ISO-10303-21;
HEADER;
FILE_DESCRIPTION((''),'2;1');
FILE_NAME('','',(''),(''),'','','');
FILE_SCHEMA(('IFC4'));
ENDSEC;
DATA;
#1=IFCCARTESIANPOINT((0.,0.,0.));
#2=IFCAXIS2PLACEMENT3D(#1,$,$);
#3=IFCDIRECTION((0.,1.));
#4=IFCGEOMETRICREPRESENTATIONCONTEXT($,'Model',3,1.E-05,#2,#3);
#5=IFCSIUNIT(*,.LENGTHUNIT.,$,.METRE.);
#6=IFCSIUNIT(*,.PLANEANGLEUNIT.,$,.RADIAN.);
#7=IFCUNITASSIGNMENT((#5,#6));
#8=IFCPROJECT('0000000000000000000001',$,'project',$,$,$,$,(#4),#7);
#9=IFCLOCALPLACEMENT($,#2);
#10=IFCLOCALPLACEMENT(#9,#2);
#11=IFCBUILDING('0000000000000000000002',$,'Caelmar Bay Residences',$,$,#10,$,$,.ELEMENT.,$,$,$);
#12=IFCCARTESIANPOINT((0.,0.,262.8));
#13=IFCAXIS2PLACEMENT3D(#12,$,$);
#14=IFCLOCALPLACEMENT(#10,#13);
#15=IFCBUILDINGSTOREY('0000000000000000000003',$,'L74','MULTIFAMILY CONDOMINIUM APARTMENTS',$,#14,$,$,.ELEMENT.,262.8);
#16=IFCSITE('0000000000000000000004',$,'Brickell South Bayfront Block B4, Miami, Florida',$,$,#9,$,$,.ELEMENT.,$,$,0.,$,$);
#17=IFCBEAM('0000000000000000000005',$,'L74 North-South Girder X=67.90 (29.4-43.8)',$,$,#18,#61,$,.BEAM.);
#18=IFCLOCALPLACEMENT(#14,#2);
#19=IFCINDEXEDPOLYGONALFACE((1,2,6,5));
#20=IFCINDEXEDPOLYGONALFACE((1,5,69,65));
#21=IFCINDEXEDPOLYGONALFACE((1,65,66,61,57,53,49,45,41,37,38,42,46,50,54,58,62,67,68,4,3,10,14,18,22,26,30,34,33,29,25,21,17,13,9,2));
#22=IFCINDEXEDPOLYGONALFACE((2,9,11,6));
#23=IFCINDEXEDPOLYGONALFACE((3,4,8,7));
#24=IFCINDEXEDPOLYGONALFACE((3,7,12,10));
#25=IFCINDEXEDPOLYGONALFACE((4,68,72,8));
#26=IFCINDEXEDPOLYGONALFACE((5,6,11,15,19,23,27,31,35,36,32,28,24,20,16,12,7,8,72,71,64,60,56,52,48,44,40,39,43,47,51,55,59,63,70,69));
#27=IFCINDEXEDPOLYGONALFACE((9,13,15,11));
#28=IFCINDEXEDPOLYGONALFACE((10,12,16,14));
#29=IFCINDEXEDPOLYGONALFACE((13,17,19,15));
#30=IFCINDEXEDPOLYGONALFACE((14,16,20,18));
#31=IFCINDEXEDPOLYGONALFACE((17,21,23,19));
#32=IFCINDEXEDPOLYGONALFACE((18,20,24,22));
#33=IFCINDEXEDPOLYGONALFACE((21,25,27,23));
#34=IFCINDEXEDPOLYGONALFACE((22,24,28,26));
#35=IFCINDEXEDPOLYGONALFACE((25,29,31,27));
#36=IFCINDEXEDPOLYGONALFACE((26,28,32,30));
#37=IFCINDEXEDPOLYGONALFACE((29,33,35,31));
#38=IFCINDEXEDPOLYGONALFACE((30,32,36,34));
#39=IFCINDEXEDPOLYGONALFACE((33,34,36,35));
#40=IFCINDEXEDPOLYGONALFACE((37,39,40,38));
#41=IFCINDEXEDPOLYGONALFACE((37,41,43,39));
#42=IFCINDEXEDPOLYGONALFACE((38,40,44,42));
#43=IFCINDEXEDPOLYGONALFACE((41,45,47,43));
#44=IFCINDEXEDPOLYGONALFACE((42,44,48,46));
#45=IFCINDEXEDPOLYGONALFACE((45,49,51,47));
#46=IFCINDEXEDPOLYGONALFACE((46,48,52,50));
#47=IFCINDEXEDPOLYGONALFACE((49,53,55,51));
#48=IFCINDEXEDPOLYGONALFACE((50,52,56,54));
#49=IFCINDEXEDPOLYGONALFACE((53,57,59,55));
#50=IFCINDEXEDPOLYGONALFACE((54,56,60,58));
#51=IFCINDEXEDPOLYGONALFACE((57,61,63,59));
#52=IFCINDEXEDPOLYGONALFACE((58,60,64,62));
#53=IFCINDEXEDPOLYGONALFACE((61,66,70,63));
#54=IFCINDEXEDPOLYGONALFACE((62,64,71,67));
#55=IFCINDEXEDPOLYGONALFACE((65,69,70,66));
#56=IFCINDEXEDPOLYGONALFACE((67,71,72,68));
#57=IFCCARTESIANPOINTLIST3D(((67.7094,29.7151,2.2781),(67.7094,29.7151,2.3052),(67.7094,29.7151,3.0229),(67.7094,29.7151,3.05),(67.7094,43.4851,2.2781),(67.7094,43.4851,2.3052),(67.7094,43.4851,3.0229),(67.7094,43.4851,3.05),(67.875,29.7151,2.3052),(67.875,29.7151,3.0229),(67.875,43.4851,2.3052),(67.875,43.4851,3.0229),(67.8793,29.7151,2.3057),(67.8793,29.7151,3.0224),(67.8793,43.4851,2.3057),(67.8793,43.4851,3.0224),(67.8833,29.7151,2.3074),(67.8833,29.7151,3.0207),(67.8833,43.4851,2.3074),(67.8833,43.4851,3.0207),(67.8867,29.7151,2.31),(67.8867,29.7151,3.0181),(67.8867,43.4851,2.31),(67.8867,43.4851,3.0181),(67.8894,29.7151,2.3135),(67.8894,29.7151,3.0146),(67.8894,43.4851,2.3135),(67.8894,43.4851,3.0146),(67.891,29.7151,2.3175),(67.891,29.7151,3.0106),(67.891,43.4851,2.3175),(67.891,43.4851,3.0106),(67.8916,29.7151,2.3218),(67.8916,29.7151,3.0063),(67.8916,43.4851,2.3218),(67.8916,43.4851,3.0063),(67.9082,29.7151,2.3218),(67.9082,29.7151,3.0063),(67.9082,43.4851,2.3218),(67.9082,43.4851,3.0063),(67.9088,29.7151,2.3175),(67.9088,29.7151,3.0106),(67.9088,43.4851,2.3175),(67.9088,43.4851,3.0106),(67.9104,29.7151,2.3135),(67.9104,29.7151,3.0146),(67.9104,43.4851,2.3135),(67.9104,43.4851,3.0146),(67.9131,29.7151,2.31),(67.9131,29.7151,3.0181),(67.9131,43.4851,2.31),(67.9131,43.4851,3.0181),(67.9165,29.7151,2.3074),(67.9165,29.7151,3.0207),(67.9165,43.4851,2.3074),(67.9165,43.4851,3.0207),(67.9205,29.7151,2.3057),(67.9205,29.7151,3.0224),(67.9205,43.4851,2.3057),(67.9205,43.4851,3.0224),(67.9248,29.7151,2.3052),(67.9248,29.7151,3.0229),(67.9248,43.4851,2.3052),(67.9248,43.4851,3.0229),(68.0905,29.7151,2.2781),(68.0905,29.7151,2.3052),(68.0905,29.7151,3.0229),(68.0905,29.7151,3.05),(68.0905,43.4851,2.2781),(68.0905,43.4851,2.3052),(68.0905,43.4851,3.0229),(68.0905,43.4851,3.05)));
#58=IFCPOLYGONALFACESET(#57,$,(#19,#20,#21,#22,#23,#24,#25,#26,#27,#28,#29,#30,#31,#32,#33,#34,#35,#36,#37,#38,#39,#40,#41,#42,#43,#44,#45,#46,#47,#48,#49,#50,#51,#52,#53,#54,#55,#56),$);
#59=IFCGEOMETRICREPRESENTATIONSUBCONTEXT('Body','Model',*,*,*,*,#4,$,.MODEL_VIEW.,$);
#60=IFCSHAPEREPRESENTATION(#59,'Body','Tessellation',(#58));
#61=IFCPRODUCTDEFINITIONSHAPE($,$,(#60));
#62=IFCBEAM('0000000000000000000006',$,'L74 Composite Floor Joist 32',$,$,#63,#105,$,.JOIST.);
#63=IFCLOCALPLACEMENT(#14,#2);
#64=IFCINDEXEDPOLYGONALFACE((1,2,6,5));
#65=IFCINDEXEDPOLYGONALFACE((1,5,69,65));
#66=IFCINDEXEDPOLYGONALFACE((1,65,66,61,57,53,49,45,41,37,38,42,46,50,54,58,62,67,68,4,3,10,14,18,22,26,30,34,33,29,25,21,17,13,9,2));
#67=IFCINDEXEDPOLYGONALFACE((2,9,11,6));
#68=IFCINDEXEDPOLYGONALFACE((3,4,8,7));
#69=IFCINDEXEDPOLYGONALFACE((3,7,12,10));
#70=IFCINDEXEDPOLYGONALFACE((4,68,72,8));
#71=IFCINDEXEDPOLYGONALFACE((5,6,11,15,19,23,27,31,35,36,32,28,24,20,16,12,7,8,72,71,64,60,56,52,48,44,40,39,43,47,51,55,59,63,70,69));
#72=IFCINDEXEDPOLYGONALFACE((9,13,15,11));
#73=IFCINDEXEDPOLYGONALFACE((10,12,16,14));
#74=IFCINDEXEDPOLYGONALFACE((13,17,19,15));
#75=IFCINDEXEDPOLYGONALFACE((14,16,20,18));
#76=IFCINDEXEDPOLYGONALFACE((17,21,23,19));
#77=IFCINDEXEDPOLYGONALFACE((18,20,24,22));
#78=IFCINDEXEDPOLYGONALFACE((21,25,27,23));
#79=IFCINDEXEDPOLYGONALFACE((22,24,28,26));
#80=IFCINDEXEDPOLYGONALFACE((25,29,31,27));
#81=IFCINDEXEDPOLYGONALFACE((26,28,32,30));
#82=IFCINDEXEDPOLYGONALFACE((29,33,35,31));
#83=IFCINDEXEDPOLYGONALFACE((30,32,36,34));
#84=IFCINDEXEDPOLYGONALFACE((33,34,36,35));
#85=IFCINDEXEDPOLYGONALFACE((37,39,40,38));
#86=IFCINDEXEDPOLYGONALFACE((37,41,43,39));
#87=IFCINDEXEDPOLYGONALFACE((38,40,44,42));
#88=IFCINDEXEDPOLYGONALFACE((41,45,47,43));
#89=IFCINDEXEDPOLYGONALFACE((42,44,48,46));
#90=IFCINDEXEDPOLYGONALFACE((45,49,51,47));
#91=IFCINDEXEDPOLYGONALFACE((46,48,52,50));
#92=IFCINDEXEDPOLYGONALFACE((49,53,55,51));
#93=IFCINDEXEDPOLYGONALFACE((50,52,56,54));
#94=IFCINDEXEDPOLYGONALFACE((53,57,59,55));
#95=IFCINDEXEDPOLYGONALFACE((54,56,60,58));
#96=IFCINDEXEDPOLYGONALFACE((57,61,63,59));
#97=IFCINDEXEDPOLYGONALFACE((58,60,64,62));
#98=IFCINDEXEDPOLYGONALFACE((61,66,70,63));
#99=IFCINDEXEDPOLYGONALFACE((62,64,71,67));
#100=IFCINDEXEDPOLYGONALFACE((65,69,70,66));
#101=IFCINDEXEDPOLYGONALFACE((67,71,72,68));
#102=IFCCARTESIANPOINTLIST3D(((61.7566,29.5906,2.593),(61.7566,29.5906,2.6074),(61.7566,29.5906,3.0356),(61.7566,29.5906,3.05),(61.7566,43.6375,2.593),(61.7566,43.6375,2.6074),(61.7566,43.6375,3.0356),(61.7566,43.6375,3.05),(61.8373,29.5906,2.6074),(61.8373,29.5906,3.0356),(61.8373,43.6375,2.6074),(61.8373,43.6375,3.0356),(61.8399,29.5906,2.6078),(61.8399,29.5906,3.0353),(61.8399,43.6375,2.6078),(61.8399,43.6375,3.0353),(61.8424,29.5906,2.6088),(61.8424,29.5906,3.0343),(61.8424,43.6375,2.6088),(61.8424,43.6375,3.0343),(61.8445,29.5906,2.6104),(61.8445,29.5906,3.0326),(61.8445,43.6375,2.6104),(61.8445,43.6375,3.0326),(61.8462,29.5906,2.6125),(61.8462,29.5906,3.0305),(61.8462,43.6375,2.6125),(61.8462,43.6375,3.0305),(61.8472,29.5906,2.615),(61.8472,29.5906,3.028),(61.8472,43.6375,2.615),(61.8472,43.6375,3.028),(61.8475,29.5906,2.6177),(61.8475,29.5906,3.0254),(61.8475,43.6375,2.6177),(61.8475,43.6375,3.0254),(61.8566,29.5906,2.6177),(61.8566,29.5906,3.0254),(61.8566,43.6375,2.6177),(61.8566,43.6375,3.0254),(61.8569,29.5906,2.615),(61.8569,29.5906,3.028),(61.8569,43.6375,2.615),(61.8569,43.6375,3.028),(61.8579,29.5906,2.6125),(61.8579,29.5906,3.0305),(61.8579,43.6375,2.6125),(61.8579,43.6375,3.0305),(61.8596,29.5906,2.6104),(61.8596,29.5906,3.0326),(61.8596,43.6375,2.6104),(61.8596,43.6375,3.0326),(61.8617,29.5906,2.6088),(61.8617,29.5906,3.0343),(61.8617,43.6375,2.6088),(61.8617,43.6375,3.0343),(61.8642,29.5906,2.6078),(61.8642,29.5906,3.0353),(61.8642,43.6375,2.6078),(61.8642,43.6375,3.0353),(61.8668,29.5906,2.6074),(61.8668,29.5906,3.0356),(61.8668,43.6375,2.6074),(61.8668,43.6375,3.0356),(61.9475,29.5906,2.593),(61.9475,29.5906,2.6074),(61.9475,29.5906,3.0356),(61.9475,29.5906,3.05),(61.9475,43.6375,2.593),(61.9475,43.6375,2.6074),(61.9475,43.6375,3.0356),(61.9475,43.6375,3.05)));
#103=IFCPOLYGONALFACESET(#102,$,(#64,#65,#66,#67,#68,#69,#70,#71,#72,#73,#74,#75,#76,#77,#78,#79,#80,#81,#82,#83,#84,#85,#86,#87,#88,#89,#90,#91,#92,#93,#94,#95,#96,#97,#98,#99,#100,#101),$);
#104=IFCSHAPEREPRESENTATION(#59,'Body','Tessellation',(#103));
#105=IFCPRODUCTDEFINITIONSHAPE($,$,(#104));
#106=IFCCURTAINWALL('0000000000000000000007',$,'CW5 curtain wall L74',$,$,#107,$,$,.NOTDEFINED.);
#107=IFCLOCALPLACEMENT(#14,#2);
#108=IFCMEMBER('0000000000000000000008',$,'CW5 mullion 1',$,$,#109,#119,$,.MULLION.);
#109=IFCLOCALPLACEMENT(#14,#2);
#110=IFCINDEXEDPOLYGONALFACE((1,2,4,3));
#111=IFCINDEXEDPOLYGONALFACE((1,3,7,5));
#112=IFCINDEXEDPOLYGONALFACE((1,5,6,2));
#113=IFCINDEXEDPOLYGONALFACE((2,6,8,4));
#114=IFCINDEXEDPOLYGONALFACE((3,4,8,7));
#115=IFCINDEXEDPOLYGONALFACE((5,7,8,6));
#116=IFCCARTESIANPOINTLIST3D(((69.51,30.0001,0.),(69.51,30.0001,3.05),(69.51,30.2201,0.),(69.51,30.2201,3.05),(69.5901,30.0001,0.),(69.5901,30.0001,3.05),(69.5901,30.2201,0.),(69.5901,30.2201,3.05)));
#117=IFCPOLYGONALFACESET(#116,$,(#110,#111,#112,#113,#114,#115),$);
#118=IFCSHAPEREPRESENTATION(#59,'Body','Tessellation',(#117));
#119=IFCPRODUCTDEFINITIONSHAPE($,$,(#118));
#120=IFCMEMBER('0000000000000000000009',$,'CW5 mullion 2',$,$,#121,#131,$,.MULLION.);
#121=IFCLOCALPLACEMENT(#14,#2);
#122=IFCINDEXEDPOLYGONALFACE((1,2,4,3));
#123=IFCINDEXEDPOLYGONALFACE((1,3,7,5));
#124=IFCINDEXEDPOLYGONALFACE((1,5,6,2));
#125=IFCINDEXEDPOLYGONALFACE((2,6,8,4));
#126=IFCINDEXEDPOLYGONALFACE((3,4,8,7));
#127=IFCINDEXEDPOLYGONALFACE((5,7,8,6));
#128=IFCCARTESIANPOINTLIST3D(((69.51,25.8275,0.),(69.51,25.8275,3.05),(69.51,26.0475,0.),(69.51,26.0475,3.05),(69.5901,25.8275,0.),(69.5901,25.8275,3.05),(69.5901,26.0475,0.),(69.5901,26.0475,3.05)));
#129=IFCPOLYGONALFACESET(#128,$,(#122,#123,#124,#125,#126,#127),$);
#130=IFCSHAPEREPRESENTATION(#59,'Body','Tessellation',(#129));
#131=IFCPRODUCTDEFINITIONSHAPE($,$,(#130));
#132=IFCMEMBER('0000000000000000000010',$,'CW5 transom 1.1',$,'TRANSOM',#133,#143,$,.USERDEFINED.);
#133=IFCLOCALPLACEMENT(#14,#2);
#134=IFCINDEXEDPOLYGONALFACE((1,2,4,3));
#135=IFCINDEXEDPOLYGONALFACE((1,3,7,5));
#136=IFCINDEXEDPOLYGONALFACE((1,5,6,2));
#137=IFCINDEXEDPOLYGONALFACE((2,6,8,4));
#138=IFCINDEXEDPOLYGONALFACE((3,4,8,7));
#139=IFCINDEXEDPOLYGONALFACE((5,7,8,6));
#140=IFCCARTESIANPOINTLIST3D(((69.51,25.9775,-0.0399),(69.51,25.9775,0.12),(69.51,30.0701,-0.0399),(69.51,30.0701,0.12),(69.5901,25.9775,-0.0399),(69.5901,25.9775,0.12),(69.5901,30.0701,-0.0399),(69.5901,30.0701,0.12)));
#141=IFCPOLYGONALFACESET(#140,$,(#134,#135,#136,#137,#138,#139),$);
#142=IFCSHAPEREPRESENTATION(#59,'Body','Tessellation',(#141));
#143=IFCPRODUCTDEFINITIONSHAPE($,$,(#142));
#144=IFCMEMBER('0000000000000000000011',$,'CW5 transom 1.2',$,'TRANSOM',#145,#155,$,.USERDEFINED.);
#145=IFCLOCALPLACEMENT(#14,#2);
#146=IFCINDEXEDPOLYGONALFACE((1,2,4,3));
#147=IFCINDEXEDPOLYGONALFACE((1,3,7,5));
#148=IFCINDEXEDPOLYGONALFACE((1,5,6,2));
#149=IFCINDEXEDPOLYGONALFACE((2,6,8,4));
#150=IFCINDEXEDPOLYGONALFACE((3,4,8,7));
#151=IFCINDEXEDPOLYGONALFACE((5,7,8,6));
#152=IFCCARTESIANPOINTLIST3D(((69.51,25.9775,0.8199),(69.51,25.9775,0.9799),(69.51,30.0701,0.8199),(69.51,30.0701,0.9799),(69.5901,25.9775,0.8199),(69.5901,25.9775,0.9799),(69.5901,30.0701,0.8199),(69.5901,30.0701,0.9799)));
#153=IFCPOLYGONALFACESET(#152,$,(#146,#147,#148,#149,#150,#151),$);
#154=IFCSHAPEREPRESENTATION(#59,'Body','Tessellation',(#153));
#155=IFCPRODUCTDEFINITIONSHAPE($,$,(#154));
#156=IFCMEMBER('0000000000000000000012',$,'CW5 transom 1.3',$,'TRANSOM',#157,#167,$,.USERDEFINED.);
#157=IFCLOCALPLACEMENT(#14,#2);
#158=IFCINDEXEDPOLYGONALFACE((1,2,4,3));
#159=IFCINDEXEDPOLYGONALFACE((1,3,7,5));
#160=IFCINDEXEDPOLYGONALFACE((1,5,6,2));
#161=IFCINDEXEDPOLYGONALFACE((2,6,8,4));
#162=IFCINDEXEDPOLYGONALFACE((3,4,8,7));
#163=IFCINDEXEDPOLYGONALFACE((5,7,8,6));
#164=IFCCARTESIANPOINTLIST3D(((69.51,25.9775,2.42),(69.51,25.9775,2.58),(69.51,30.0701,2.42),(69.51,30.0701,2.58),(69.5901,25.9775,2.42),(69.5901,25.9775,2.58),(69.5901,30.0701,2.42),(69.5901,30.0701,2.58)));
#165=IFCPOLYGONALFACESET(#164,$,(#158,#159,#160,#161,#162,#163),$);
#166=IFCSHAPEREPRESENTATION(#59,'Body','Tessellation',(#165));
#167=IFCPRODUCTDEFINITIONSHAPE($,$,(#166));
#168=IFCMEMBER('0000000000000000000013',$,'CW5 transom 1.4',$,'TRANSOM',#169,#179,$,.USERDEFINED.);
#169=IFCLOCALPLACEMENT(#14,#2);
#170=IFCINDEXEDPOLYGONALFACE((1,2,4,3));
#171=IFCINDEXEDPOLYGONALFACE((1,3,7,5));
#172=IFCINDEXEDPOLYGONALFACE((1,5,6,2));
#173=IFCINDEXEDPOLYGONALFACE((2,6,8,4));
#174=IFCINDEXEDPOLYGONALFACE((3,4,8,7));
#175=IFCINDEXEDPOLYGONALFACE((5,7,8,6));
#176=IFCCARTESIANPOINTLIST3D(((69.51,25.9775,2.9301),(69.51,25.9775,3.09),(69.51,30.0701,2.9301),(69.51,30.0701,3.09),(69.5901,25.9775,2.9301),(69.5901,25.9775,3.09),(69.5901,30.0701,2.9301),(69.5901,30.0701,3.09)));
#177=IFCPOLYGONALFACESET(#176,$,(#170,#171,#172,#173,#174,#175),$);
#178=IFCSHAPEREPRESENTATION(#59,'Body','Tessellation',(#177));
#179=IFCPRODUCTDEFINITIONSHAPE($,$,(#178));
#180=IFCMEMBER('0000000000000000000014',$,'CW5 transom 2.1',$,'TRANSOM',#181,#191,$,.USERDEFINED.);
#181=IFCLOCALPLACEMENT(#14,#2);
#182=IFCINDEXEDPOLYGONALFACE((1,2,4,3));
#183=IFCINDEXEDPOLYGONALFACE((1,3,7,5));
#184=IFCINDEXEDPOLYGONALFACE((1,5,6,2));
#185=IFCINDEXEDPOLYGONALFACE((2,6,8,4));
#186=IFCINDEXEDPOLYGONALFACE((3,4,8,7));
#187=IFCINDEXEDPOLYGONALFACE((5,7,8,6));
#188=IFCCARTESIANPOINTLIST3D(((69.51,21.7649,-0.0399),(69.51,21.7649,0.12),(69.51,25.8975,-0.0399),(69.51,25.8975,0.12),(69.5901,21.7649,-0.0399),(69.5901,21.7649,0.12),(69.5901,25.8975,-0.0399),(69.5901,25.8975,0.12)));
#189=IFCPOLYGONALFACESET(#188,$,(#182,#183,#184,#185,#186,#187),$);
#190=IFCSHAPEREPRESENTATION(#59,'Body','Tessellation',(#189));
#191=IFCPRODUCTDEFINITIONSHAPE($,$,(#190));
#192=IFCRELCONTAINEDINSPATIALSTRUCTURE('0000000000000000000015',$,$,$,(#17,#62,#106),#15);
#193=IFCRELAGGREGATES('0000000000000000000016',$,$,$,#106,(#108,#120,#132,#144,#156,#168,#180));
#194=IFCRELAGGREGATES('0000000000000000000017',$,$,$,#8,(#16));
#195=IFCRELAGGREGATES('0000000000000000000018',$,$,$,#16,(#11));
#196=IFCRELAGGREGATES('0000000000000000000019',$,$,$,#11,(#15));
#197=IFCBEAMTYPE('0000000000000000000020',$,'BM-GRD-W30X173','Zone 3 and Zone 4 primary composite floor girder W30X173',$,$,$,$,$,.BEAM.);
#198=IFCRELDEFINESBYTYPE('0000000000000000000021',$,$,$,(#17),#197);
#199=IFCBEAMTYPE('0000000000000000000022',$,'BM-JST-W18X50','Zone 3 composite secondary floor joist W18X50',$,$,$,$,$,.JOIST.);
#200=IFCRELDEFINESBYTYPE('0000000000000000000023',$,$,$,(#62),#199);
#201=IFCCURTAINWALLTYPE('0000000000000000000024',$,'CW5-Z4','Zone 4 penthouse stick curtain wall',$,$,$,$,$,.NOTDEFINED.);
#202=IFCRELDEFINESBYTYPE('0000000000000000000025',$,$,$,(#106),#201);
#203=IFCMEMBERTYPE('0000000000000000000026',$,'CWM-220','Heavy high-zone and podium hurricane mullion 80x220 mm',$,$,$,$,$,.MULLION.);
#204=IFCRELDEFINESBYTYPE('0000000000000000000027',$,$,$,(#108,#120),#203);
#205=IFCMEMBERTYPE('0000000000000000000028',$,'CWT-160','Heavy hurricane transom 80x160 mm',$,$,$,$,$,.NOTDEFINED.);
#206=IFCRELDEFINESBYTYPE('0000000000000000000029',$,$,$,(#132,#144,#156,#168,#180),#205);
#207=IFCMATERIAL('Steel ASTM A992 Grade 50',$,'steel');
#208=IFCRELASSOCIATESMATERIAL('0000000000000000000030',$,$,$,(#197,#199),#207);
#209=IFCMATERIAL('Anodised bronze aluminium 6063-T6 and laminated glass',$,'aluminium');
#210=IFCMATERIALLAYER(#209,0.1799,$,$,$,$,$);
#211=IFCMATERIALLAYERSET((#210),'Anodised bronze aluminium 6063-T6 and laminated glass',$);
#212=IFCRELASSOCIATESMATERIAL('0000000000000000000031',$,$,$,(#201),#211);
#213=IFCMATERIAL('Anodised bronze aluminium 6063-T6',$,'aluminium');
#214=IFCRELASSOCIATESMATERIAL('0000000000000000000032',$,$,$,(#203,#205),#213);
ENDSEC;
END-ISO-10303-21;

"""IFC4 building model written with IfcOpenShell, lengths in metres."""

from ifc_helpers import new_model, si_unit, direction, frame, origin, origin_2d, place, context, subcontext, project, spatial, rectangle, i_section, extrude, material, layer, layer_set, material_profile, profile_set, type_object, element, aggregate, save


model = new_model("IFC4")

# Units and contexts
model_context = context("Model", 3, precision=1e-05, world=origin(), true_north=direction((0.0, 1.0)))
body_context = subcontext(model_context, "Body", "Model", "MODEL_VIEW")
ifc_project = project(units=[si_unit("LENGTHUNIT", "METRE"), si_unit("PLANEANGLEUNIT", "RADIAN")], contexts=[model_context])

# Site, building, storey
site_placement = place(None, origin())
site = spatial("IfcSite", under=ifc_project, at=site_placement, Name="Brickell South Bayfront Block B4, Miami, Florida", CompositionType="ELEMENT", RefElevation=0.0)
building_placement = place(site_placement, origin())
building = spatial("IfcBuilding", under=site, at=building_placement, Name="Caelmar Bay Residences", CompositionType="ELEMENT")
storey_placement = place(building_placement, frame((0.0, 0.0, 262.8)))
storey = spatial("IfcBuildingStorey", under=building, at=storey_placement, Name="L74", Description="MULTIFAMILY CONDOMINIUM APARTMENTS", CompositionType="ELEMENT", Elevation=262.8)

# Beams
ifc_material_1 = material(Name="Steel ASTM A992 Grade 50", Category="steel")
ifc_material_profile_1 = material_profile(ifc_material_1, i_section(OverallWidth=0.3811, OverallDepth=0.772, WebThickness=0.0166, FlangeThickness=0.0271, FilletRadius=0.0166, at=origin_2d()), Name="W30X173")
ifc_profile_set_1 = profile_set([ifc_material_profile_1], Name="Steel ASTM A992 Grade 50")
beam_type_1 = type_object("IfcBeamType", Name="BM-GRD-W30X173", Description="Zone 3 and Zone 4 primary composite floor girder W30X173", PredefinedType="BEAM", material=ifc_profile_set_1)
beam_1_placement = place(storey_placement, frame((67.8999, 29.7151, 2.6641), z_axis=(0.0, 1.0, 0.0), x_axis=(-1.0, 0.0, 0.0)))
element("IfcBeam", 1, at=beam_1_placement, inside=storey, type_object=beam_type_1, Name="L74 North-South Girder X=67.90 (29.4-43.8)", PredefinedType="BEAM", context=body_context, shape_type="SweptSolid", body=[
    extrude(i_section(OverallWidth=0.3811, OverallDepth=0.772, WebThickness=0.0166, FlangeThickness=0.0271, FilletRadius=0.0166, at=origin_2d()), origin(), (0.0, 0.0, 1.0), 13.77),
])
ifc_material_profile_2 = material_profile(ifc_material_1, i_section(OverallWidth=0.1909, OverallDepth=0.457, WebThickness=0.009, FlangeThickness=0.0144, FilletRadius=0.0103, at=origin_2d()), Name="W18X50")
ifc_profile_set_2 = profile_set([ifc_material_profile_2], Name="Steel ASTM A992 Grade 50")
beam_type_2 = type_object("IfcBeamType", Name="BM-JST-W18X50", Description="Zone 3 composite secondary floor joist W18X50", PredefinedType="JOIST", material=ifc_profile_set_2)
beam_2_placement = place(storey_placement, frame((61.8521, 29.5906, 2.8215), z_axis=(0.0, 1.0, 0.0), x_axis=(-1.0, 0.0, 0.0)))
element("IfcBeam", 2, at=beam_2_placement, inside=storey, type_object=beam_type_2, Name="L74 Composite Floor Joist 32", PredefinedType="JOIST", context=body_context, shape_type="SweptSolid", body=[
    extrude(i_section(OverallWidth=0.1909, OverallDepth=0.457, WebThickness=0.009, FlangeThickness=0.0144, FilletRadius=0.0103, at=origin_2d()), origin(), (0.0, 0.0, 1.0), 14.0469),
])

# Curtain wall, members
ifc_material_2 = material(Name="Anodised bronze aluminium 6063-T6 and laminated glass", Category="aluminium")
ifc_layer_1 = layer(ifc_material_2, 0.1799)
ifc_layer_set_1 = layer_set([ifc_layer_1], Name="Anodised bronze aluminium 6063-T6 and laminated glass")
curtain_wall_type = type_object("IfcCurtainWallType", Name="CW5-Z4", Description="Zone 4 penthouse stick curtain wall", PredefinedType="NOTDEFINED", material=ifc_layer_set_1)
curtain_wall_placement = place(storey_placement, origin())
curtain_wall = element("IfcCurtainWall", 3, at=curtain_wall_placement, inside=storey, type_object=curtain_wall_type, Name="CW5 curtain wall L74", PredefinedType="NOTDEFINED")
ifc_material_3 = material(Name="Anodised bronze aluminium 6063-T6", Category="aluminium")
ifc_material_profile_3 = material_profile(ifc_material_3, rectangle(XDim=0.0801, YDim=0.22, at=origin_2d()), Name="CWM-80X220")
ifc_profile_set_3 = profile_set([ifc_material_profile_3], Name="Anodised bronze aluminium 6063-T6")
member_type_1 = type_object("IfcMemberType", Name="CWM-220", Description="Heavy high-zone and podium hurricane mullion 80x220 mm", PredefinedType="MULLION", material=ifc_profile_set_3)
member_1_placement = place(storey_placement, frame((69.55, 30.1101, 0.0), z_axis=(0.0, 0.0, 1.0), x_axis=(1.0, 0.0, 0.0)))
member_1 = element("IfcMember", 4, at=member_1_placement, type_object=member_type_1, Name="CW5 mullion 1", PredefinedType="MULLION", context=body_context, shape_type="SweptSolid", body=[
    extrude(rectangle(XDim=0.0801, YDim=0.22, at=origin_2d()), origin(), (0.0, 0.0, 1.0), 3.05),
])
member_2_placement = place(storey_placement, frame((69.55, 25.9375, 0.0), z_axis=(0.0, 0.0, 1.0), x_axis=(1.0, 0.0, 0.0)))
member_2 = element("IfcMember", 5, at=member_2_placement, type_object=member_type_1, Name="CW5 mullion 2", PredefinedType="MULLION", context=body_context, shape_type="SweptSolid", body=[
    extrude(rectangle(XDim=0.0801, YDim=0.22, at=origin_2d()), origin(), (0.0, 0.0, 1.0), 3.05),
])
ifc_material_profile_4 = material_profile(ifc_material_3, rectangle(XDim=0.0801, YDim=0.1599, at=origin_2d()), Name="CWT-80X160")
ifc_profile_set_4 = profile_set([ifc_material_profile_4], Name="Anodised bronze aluminium 6063-T6")
member_type_2 = type_object("IfcMemberType", Name="CWT-160", Description="Heavy hurricane transom 80x160 mm", PredefinedType="NOTDEFINED", material=ifc_profile_set_4)
member_3_placement = place(storey_placement, frame((69.55, 30.0701, 0.04), z_axis=(0.0, -1.0, 0.0), x_axis=(1.0, 0.0, 0.0)))
member_3 = element("IfcMember", 6, at=member_3_placement, type_object=member_type_2, Name="CW5 transom 1.1", ObjectType="TRANSOM", PredefinedType="USERDEFINED", context=body_context, shape_type="SweptSolid", body=[
    extrude(rectangle(XDim=0.0801, YDim=0.1599, at=origin_2d()), origin(), (0.0, 0.0, 1.0), 4.0925),
])
member_4_placement = place(storey_placement, frame((69.55, 30.0701, 0.8999), z_axis=(0.0, -1.0, 0.0), x_axis=(1.0, 0.0, 0.0)))
member_4 = element("IfcMember", 7, at=member_4_placement, type_object=member_type_2, Name="CW5 transom 1.2", ObjectType="TRANSOM", PredefinedType="USERDEFINED", context=body_context, shape_type="SweptSolid", body=[
    extrude(rectangle(XDim=0.0801, YDim=0.1599, at=origin_2d()), origin(), (0.0, 0.0, 1.0), 4.0925),
])
member_5_placement = place(storey_placement, frame((69.55, 30.0701, 2.5), z_axis=(0.0, -1.0, 0.0), x_axis=(1.0, 0.0, 0.0)))
member_5 = element("IfcMember", 8, at=member_5_placement, type_object=member_type_2, Name="CW5 transom 1.3", ObjectType="TRANSOM", PredefinedType="USERDEFINED", context=body_context, shape_type="SweptSolid", body=[
    extrude(rectangle(XDim=0.0801, YDim=0.1599, at=origin_2d()), origin(), (0.0, 0.0, 1.0), 4.0925),
])
member_6_placement = place(storey_placement, frame((69.55, 30.0701, 3.01), z_axis=(0.0, -1.0, 0.0), x_axis=(1.0, 0.0, 0.0)))
member_6 = element("IfcMember", 9, at=member_6_placement, type_object=member_type_2, Name="CW5 transom 1.4", ObjectType="TRANSOM", PredefinedType="USERDEFINED", context=body_context, shape_type="SweptSolid", body=[
    extrude(rectangle(XDim=0.0801, YDim=0.1599, at=origin_2d()), origin(), (0.0, 0.0, 1.0), 4.0925),
])
member_7_placement = place(storey_placement, frame((69.55, 25.8975, 0.04), z_axis=(0.0, -1.0, 0.0), x_axis=(1.0, 0.0, 0.0)))
member_7 = element("IfcMember", 10, at=member_7_placement, type_object=member_type_2, Name="CW5 transom 2.1", ObjectType="TRANSOM", PredefinedType="USERDEFINED", context=body_context, shape_type="SweptSolid", body=[
    extrude(rectangle(XDim=0.0801, YDim=0.1599, at=origin_2d()), origin(), (0.0, 0.0, 1.0), 4.1326),
])
aggregate(curtain_wall, [member_1, member_2, member_3, member_4, member_5, member_6, member_7])

save(model, "model.ifc")
